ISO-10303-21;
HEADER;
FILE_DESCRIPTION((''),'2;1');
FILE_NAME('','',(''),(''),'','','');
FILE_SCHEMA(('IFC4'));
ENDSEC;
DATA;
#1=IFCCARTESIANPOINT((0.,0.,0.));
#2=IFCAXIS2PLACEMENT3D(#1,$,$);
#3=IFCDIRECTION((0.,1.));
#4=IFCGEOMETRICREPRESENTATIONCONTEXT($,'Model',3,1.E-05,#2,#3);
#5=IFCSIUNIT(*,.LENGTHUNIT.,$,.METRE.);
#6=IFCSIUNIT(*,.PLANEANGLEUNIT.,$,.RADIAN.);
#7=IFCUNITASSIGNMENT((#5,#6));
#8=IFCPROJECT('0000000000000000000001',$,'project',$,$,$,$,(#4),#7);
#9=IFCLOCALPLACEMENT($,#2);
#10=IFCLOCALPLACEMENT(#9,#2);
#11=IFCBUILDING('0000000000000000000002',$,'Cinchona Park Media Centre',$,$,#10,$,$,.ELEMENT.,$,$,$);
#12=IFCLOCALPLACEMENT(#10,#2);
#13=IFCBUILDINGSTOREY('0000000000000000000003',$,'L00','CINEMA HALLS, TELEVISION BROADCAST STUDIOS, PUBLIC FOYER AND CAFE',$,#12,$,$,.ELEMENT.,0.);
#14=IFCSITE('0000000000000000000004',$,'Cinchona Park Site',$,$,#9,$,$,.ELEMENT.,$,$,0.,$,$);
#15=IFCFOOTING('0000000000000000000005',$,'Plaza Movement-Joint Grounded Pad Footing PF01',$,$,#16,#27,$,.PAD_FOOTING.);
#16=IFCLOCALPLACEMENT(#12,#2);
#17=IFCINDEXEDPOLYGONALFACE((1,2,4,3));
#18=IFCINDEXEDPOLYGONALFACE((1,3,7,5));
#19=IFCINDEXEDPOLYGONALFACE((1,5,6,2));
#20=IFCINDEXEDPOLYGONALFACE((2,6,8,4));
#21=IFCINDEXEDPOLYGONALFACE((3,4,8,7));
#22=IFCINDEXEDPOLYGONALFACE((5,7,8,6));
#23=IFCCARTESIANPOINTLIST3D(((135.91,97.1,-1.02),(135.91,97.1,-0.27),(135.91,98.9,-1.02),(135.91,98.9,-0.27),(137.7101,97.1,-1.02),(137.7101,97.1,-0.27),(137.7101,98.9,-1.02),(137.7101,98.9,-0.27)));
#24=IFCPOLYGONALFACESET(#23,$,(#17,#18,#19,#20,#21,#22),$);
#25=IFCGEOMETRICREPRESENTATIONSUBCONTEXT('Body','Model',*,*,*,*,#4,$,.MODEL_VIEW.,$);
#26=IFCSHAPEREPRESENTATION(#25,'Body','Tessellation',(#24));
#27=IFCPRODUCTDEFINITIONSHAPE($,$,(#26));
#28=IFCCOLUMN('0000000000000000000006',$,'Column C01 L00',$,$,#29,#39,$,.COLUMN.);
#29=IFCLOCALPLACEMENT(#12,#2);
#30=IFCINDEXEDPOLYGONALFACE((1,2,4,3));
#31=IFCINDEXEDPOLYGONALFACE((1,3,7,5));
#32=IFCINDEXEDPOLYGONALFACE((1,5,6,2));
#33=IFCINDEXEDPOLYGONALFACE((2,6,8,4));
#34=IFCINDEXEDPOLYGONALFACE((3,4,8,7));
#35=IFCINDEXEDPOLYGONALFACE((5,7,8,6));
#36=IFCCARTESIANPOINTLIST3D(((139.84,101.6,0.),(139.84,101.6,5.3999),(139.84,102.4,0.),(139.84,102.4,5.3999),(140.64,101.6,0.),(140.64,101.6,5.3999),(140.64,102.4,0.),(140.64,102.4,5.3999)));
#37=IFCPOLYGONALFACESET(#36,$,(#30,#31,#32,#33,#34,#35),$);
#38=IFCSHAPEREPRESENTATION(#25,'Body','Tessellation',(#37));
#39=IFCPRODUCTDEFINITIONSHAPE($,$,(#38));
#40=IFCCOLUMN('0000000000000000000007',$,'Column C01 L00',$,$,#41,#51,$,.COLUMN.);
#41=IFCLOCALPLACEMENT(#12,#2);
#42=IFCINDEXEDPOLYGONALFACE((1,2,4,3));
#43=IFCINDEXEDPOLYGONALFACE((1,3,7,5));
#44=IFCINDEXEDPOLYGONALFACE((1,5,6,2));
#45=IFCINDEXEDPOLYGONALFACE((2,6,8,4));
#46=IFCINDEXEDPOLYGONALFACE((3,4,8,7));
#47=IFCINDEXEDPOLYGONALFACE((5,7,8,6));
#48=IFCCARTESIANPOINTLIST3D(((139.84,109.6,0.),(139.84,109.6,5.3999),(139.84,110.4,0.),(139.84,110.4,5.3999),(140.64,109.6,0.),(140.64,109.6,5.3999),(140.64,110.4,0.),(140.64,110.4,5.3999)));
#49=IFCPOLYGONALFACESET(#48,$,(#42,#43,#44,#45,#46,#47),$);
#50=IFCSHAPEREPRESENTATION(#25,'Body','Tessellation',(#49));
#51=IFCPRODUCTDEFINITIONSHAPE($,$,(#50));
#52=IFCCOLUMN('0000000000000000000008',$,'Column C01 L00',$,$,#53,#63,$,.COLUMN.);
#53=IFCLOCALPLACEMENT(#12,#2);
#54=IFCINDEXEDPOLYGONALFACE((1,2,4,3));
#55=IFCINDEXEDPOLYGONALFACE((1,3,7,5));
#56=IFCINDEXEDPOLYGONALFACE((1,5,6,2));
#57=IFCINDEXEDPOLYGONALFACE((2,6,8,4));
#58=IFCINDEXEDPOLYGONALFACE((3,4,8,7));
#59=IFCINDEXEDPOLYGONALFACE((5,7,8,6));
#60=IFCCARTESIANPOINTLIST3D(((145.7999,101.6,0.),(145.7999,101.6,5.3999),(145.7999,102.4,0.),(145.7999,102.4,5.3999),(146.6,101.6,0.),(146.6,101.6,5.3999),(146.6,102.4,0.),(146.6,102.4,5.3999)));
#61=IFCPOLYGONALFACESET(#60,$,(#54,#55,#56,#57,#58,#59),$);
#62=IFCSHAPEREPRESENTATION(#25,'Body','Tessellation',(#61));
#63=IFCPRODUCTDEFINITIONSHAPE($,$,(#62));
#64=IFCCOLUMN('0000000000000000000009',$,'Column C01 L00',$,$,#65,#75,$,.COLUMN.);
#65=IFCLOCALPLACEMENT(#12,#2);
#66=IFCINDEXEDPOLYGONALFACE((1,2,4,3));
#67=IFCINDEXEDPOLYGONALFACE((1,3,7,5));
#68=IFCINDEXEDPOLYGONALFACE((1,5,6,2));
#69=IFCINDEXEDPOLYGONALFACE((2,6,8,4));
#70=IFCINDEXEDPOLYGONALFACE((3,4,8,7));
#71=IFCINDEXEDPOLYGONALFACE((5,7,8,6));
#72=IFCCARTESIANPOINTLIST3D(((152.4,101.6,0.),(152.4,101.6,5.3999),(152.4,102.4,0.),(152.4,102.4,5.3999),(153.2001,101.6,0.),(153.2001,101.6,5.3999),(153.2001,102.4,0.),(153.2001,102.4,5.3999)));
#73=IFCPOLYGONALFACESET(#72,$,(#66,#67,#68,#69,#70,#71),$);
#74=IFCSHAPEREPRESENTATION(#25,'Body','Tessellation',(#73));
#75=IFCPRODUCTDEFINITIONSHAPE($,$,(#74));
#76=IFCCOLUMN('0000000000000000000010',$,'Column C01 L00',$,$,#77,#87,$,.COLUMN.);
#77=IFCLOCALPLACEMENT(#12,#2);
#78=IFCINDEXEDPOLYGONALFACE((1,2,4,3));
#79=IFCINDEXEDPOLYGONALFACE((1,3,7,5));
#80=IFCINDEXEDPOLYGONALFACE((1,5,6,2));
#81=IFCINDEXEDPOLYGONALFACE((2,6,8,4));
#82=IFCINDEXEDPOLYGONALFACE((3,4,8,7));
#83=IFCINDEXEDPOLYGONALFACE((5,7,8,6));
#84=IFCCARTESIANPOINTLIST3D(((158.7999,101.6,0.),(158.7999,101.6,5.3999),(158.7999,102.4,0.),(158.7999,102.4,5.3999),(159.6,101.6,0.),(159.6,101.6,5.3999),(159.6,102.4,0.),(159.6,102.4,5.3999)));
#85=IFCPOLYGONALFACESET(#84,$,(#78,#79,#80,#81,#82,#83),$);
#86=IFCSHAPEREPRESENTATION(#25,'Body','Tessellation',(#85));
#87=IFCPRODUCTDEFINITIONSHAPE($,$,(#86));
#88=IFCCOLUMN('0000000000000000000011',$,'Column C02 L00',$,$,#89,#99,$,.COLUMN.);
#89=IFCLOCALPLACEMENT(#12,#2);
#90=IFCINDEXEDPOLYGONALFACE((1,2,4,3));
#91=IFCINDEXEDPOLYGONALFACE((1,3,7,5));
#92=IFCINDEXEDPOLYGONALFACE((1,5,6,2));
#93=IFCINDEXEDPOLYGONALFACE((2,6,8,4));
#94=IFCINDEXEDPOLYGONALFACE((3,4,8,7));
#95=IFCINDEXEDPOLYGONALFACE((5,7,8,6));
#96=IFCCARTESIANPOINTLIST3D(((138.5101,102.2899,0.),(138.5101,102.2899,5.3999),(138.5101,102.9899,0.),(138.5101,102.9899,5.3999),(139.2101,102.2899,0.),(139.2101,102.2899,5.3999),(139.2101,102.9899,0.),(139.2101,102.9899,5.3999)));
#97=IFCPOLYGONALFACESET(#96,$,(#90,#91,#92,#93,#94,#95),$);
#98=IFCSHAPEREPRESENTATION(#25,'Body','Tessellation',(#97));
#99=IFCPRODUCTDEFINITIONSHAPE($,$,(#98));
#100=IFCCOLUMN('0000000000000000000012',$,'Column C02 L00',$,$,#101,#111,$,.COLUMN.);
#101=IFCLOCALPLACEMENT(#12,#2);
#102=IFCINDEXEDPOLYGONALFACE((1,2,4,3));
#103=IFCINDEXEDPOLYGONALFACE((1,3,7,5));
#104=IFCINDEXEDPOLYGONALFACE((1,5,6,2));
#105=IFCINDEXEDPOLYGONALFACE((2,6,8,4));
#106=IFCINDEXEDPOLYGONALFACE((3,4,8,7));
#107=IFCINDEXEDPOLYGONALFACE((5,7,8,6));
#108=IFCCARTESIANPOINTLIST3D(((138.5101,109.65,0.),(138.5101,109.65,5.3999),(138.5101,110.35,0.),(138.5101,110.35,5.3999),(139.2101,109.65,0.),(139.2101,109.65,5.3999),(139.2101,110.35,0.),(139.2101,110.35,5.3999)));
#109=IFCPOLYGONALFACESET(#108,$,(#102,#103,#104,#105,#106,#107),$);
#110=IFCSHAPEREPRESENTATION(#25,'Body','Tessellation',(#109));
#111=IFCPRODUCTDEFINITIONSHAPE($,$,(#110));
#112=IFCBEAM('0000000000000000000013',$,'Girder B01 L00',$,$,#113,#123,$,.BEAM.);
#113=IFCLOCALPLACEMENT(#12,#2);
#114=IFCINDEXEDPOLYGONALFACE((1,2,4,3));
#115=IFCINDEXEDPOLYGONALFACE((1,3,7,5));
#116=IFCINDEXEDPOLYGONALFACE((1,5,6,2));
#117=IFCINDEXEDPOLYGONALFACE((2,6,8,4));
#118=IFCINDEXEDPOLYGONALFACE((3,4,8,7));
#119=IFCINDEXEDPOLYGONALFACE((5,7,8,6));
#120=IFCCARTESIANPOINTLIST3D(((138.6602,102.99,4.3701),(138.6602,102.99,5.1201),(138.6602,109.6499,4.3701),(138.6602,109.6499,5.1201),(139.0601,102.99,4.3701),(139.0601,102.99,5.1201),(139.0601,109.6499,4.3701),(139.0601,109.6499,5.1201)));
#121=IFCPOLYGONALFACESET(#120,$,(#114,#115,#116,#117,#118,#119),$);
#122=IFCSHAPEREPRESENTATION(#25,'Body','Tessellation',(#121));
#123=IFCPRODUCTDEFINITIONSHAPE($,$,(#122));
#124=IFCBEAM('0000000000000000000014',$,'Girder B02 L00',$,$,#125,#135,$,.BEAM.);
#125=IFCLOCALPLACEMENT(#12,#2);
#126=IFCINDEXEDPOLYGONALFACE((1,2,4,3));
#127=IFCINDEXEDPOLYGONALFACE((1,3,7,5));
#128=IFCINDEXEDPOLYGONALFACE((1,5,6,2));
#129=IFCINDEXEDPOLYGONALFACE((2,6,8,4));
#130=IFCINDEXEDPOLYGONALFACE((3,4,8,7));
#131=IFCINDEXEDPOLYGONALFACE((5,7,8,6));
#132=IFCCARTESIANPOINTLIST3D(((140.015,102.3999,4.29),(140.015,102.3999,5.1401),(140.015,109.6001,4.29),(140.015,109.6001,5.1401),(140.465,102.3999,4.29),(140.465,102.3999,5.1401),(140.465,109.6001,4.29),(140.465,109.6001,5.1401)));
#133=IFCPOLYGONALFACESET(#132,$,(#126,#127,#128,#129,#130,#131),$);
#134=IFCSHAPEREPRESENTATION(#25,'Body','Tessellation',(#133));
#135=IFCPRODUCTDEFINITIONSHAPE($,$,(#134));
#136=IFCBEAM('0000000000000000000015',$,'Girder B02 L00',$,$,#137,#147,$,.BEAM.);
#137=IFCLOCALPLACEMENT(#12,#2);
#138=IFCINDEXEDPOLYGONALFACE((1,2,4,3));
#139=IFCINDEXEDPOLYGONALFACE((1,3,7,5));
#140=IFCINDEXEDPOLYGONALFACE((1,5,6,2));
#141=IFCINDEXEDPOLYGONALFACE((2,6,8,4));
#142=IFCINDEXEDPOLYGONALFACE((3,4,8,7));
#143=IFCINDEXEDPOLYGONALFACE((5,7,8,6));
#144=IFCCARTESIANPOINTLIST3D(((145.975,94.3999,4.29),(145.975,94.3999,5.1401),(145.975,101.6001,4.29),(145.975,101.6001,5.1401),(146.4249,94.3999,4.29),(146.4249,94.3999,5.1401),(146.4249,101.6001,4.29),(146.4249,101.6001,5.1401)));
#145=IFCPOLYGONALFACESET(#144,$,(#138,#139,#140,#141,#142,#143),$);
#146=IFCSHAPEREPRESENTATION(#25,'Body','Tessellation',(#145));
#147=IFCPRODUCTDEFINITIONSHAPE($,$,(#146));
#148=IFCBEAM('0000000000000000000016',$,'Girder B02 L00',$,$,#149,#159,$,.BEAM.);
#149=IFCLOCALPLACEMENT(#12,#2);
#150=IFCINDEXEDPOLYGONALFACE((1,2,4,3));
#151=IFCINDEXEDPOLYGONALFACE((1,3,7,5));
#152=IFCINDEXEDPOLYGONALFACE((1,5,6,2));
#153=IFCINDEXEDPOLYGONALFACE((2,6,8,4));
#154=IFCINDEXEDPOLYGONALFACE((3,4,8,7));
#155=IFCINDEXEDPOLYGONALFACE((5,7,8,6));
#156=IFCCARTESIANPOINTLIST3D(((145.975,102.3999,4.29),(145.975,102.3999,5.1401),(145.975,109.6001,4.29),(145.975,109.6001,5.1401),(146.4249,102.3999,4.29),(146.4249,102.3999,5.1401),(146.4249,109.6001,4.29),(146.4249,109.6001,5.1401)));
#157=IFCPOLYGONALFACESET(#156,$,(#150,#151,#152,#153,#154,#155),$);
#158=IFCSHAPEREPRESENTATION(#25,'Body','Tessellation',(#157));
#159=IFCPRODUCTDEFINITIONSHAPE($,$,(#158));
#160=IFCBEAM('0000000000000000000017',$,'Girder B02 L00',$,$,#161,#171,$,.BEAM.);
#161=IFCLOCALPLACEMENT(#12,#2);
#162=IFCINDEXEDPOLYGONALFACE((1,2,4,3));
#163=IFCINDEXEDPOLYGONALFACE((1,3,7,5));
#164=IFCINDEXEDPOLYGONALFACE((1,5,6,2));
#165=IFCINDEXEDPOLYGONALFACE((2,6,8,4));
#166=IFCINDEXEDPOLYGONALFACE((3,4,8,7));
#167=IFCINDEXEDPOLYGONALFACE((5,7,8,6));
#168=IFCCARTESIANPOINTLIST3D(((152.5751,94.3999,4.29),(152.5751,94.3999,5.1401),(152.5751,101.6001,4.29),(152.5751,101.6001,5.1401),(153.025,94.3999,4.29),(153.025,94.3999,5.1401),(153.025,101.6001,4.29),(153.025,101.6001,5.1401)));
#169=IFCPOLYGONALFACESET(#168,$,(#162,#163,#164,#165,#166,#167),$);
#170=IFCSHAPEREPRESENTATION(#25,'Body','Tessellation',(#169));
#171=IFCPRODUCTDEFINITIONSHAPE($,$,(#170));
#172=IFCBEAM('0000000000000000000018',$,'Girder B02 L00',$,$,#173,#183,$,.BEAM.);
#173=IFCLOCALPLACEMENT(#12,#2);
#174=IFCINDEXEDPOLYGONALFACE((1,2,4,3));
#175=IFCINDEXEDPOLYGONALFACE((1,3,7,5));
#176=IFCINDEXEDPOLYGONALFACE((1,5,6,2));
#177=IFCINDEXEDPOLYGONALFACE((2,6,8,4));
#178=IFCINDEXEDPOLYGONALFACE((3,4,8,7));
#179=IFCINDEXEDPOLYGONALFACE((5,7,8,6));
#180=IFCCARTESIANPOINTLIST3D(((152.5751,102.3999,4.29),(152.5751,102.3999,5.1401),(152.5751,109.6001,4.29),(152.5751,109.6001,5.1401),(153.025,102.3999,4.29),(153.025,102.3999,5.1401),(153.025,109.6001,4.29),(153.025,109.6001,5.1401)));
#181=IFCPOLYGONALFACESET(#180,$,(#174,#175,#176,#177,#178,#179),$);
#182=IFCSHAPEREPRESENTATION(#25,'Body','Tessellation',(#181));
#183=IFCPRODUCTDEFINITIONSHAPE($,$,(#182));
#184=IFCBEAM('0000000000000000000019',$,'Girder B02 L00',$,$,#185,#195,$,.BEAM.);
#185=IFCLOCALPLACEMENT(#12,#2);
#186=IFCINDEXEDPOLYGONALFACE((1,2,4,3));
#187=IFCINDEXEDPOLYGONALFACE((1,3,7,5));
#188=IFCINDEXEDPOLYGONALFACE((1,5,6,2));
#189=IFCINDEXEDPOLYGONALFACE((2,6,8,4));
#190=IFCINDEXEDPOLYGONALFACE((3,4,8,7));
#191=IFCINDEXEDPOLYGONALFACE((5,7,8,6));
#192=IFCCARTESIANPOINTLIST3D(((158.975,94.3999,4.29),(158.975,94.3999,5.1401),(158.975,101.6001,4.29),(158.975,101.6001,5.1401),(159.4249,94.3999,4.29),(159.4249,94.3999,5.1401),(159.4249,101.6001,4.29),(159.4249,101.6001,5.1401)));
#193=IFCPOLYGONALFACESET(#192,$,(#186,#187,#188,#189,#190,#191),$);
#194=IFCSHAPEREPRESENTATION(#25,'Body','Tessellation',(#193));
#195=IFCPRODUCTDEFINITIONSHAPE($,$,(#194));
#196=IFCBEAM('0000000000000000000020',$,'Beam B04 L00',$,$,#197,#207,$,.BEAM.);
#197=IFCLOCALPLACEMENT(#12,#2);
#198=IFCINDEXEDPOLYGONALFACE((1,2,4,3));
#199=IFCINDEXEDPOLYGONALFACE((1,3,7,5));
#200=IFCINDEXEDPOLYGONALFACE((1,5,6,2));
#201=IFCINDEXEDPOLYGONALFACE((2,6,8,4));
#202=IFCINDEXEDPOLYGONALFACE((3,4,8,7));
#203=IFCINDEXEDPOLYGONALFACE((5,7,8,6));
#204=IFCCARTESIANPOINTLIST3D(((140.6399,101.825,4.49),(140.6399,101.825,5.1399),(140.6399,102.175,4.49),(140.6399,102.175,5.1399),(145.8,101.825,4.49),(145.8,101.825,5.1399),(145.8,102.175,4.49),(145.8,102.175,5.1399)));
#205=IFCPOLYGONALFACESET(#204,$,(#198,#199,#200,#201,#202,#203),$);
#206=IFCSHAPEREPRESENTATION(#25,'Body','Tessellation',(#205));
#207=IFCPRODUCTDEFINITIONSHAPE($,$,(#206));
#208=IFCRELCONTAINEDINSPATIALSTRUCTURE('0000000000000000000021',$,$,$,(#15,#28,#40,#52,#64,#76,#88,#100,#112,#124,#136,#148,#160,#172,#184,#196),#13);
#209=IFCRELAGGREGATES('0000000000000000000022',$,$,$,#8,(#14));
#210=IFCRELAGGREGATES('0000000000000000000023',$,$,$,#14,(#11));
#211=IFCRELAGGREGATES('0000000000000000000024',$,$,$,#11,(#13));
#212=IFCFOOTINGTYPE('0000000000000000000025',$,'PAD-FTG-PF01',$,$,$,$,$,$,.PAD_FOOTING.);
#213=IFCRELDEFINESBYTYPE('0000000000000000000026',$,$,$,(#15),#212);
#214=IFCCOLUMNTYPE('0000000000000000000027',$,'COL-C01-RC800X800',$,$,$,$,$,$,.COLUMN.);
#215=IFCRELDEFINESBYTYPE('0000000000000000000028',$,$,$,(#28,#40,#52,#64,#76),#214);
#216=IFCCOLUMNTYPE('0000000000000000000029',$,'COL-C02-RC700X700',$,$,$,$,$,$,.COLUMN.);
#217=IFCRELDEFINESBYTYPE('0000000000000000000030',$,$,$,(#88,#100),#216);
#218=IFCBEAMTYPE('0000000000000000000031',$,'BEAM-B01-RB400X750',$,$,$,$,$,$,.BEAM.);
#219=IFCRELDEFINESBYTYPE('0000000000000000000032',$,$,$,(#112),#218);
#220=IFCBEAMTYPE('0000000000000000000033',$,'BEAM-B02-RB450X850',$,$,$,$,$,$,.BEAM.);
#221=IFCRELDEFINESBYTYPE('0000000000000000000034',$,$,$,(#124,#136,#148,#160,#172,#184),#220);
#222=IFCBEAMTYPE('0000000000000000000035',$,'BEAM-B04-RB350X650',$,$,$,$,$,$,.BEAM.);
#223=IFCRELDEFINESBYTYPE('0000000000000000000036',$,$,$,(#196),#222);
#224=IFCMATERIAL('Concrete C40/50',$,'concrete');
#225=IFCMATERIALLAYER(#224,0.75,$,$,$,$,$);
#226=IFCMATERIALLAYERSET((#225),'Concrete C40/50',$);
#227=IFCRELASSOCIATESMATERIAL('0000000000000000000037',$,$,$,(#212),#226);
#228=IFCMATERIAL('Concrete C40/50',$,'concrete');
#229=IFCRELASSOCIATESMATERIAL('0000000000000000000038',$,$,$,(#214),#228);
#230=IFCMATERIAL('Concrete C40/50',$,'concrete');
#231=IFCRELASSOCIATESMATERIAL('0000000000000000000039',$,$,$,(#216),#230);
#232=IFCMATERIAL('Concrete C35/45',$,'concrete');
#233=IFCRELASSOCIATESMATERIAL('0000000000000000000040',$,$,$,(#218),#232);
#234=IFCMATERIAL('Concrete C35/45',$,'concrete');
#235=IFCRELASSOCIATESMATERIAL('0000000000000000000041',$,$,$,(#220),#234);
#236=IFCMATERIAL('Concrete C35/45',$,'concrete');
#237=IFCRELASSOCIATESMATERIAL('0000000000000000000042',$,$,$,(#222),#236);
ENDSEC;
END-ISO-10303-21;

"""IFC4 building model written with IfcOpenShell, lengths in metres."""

from ifc_helpers import new_model, si_unit, direction, frame, origin, origin_2d, place, context, subcontext, project, spatial, rectangle, extrude, material, layer, layer_set, material_profile, profile_set, type_object, element, save


model = new_model("IFC4")

# Units and contexts
model_context = context("Model", 3, precision=1e-05, world=origin(), true_north=direction((0.0, 1.0)))
body_context = subcontext(model_context, "Body", "Model", "MODEL_VIEW")
ifc_project = project(units=[si_unit("LENGTHUNIT", "METRE"), si_unit("PLANEANGLEUNIT", "RADIAN")], contexts=[model_context])

# Site, building, storey
site_placement = place(None, origin())
site = spatial("IfcSite", under=ifc_project, at=site_placement, Name="Cinchona Park Site", CompositionType="ELEMENT", RefElevation=0.0)
building_placement = place(site_placement, origin())
building = spatial("IfcBuilding", under=site, at=building_placement, Name="Cinchona Park Media Centre", CompositionType="ELEMENT")
storey_placement = place(building_placement, origin())
storey = spatial("IfcBuildingStorey", under=building, at=storey_placement, Name="L00", Description="CINEMA HALLS, TELEVISION BROADCAST STUDIOS, PUBLIC FOYER AND CAFE", CompositionType="ELEMENT", Elevation=0.0)

# Footing
ifc_material_1 = material(Name="Concrete C40/50", Category="concrete")
ifc_layer_1 = layer(ifc_material_1, 0.75)
ifc_layer_set_1 = layer_set([ifc_layer_1], Name="Concrete C40/50")
footing_type = type_object("IfcFootingType", Name="PAD-FTG-PF01", PredefinedType="PAD_FOOTING", material=ifc_layer_set_1)
footing_placement = place(storey_placement, frame((136.8101, 98.0, -1.02), z_axis=(0.0, 0.0, 1.0), x_axis=(1.0, 0.0, 0.0)))
element("IfcFooting", 1, at=footing_placement, inside=storey, type_object=footing_type, Name="Plaza Movement-Joint Grounded Pad Footing PF01", PredefinedType="PAD_FOOTING", context=body_context, shape_type="SweptSolid", body=[
    extrude(rectangle(XDim=1.8, YDim=1.8, at=origin_2d()), origin(), (0.0, 0.0, 1.0), 0.75),
])

# Columns
ifc_material_2 = material(Name="Concrete C40/50", Category="concrete")
ifc_material_profile_1 = material_profile(ifc_material_2, rectangle(XDim=0.8, YDim=0.8, at=origin_2d()), Name="RC 800X800")
ifc_profile_set_1 = profile_set([ifc_material_profile_1], Name="Concrete C40/50")
column_type_1 = type_object("IfcColumnType", Name="COL-C01-RC800X800", PredefinedType="COLUMN", material=ifc_profile_set_1)
for number, where, z_axis, x_axis, name in (
    (2, (140.24, 102.0, 0.0), (0.0, 0.0, 1.0), (1.0, 0.0, 0.0), "Column C01 L00"),
    (3, (140.24, 110.0, 0.0), (0.0, 0.0, 1.0), (1.0, 0.0, 0.0), "Column C01 L00"),
    (4, (146.2, 102.0, 0.0), (0.0, 0.0, 1.0), (1.0, 0.0, 0.0), "Column C01 L00"),
    (5, (152.8, 102.0, 0.0), (0.0, 0.0, 1.0), (1.0, 0.0, 0.0), "Column C01 L00"),
    (6, (159.2, 102.0, 0.0), (0.0, 0.0, 1.0), (1.0, 0.0, 0.0), "Column C01 L00"),
):
    element("IfcColumn", number, at=place(storey_placement, frame(where, z_axis=z_axis, x_axis=x_axis)), inside=storey, type_object=column_type_1, Name=name, PredefinedType="COLUMN", context=body_context, shape_type="SweptSolid", body=[
        extrude(rectangle(XDim=0.8, YDim=0.8, at=origin_2d()), origin(), (0.0, 0.0, 1.0), 5.3999),
    ])
ifc_material_3 = material(Name="Concrete C40/50", Category="concrete")
ifc_material_profile_2 = material_profile(ifc_material_3, rectangle(XDim=0.7, YDim=0.7, at=origin_2d()), Name="RC 700X700")
ifc_profile_set_2 = profile_set([ifc_material_profile_2], Name="Concrete C40/50")
column_type_2 = type_object("IfcColumnType", Name="COL-C02-RC700X700", PredefinedType="COLUMN", material=ifc_profile_set_2)
for number, where, z_axis, x_axis, name in (
    (7, (138.8601, 102.6399, 0.0), (0.0, 0.0, 1.0), (1.0, 0.0, 0.0), "Column C02 L00"),
    (8, (138.8601, 110.0, 0.0), (0.0, 0.0, 1.0), (1.0, 0.0, 0.0), "Column C02 L00"),
):
    element("IfcColumn", number, at=place(storey_placement, frame(where, z_axis=z_axis, x_axis=x_axis)), inside=storey, type_object=column_type_2, Name=name, PredefinedType="COLUMN", context=body_context, shape_type="SweptSolid", body=[
        extrude(rectangle(XDim=0.7, YDim=0.7, at=origin_2d()), origin(), (0.0, 0.0, 1.0), 5.3999),
    ])

# Beams
ifc_material_4 = material(Name="Concrete C35/45", Category="concrete")
ifc_material_profile_3 = material_profile(ifc_material_4, rectangle(XDim=0.3999, YDim=0.75, at=origin_2d()), Name="RB 400X750")
ifc_profile_set_3 = profile_set([ifc_material_profile_3], Name="Concrete C35/45")
beam_type_1 = type_object("IfcBeamType", Name="BEAM-B01-RB400X750", PredefinedType="BEAM", material=ifc_profile_set_3)
beam_1_placement = place(storey_placement, frame((138.8601, 102.99, 4.7451), z_axis=(0.0, 1.0, 0.0), x_axis=(-1.0, 0.0, 0.0)))
element("IfcBeam", 9, at=beam_1_placement, inside=storey, type_object=beam_type_1, Name="Girder B01 L00", PredefinedType="BEAM", context=body_context, shape_type="SweptSolid", body=[
    extrude(rectangle(XDim=0.3999, YDim=0.75, at=origin_2d()), origin(), (0.0, 0.0, 1.0), 6.6599),
])
ifc_material_5 = material(Name="Concrete C35/45", Category="concrete")
ifc_material_profile_4 = material_profile(ifc_material_5, rectangle(XDim=0.45, YDim=0.8501, at=origin_2d()), Name="RB 450X850")
ifc_profile_set_4 = profile_set([ifc_material_profile_4], Name="Concrete C35/45")
beam_type_2 = type_object("IfcBeamType", Name="BEAM-B02-RB450X850", PredefinedType="BEAM", material=ifc_profile_set_4)
for number, where, z_axis, x_axis, name in (
    (10, (140.24, 102.3999, 4.7151), (0.0, 1.0, 0.0), (-1.0, 0.0, 0.0), "Girder B02 L00"),
    (11, (146.2, 94.3999, 4.7151), (0.0, 1.0, 0.0), (-1.0, 0.0, 0.0), "Girder B02 L00"),
    (12, (146.2, 102.3999, 4.7151), (0.0, 1.0, 0.0), (-1.0, 0.0, 0.0), "Girder B02 L00"),
    (13, (152.8, 94.3999, 4.7151), (0.0, 1.0, 0.0), (-1.0, 0.0, 0.0), "Girder B02 L00"),
    (14, (152.8, 102.3999, 4.7151), (0.0, 1.0, 0.0), (-1.0, 0.0, 0.0), "Girder B02 L00"),
    (15, (159.2, 94.3999, 4.7151), (0.0, 1.0, 0.0), (-1.0, 0.0, 0.0), "Girder B02 L00"),
):
    element("IfcBeam", number, at=place(storey_placement, frame(where, z_axis=z_axis, x_axis=x_axis)), inside=storey, type_object=beam_type_2, Name=name, PredefinedType="BEAM", context=body_context, shape_type="SweptSolid", body=[
        extrude(rectangle(XDim=0.45, YDim=0.8501, at=origin_2d()), origin(), (0.0, 0.0, 1.0), 7.2002),
    ])
ifc_material_6 = material(Name="Concrete C35/45", Category="concrete")
ifc_material_profile_5 = material_profile(ifc_material_6, rectangle(XDim=0.3501, YDim=0.6499, at=origin_2d()), Name="RB 350X650")
ifc_profile_set_5 = profile_set([ifc_material_profile_5], Name="Concrete C35/45")
beam_type_3 = type_object("IfcBeamType", Name="BEAM-B04-RB350X650", PredefinedType="BEAM", material=ifc_profile_set_5)
beam_2_placement = place(storey_placement, frame((140.6399, 102.0, 4.8149), z_axis=(1.0, 0.0, 0.0), x_axis=(0.0, 1.0, 0.0)))
element("IfcBeam", 16, at=beam_2_placement, inside=storey, type_object=beam_type_3, Name="Beam B04 L00", PredefinedType="BEAM", context=body_context, shape_type="SweptSolid", body=[
    extrude(rectangle(XDim=0.3501, YDim=0.6499, at=origin_2d()), origin(), (0.0, 0.0, 1.0), 5.1602),
])

save(model, "model.ifc")
